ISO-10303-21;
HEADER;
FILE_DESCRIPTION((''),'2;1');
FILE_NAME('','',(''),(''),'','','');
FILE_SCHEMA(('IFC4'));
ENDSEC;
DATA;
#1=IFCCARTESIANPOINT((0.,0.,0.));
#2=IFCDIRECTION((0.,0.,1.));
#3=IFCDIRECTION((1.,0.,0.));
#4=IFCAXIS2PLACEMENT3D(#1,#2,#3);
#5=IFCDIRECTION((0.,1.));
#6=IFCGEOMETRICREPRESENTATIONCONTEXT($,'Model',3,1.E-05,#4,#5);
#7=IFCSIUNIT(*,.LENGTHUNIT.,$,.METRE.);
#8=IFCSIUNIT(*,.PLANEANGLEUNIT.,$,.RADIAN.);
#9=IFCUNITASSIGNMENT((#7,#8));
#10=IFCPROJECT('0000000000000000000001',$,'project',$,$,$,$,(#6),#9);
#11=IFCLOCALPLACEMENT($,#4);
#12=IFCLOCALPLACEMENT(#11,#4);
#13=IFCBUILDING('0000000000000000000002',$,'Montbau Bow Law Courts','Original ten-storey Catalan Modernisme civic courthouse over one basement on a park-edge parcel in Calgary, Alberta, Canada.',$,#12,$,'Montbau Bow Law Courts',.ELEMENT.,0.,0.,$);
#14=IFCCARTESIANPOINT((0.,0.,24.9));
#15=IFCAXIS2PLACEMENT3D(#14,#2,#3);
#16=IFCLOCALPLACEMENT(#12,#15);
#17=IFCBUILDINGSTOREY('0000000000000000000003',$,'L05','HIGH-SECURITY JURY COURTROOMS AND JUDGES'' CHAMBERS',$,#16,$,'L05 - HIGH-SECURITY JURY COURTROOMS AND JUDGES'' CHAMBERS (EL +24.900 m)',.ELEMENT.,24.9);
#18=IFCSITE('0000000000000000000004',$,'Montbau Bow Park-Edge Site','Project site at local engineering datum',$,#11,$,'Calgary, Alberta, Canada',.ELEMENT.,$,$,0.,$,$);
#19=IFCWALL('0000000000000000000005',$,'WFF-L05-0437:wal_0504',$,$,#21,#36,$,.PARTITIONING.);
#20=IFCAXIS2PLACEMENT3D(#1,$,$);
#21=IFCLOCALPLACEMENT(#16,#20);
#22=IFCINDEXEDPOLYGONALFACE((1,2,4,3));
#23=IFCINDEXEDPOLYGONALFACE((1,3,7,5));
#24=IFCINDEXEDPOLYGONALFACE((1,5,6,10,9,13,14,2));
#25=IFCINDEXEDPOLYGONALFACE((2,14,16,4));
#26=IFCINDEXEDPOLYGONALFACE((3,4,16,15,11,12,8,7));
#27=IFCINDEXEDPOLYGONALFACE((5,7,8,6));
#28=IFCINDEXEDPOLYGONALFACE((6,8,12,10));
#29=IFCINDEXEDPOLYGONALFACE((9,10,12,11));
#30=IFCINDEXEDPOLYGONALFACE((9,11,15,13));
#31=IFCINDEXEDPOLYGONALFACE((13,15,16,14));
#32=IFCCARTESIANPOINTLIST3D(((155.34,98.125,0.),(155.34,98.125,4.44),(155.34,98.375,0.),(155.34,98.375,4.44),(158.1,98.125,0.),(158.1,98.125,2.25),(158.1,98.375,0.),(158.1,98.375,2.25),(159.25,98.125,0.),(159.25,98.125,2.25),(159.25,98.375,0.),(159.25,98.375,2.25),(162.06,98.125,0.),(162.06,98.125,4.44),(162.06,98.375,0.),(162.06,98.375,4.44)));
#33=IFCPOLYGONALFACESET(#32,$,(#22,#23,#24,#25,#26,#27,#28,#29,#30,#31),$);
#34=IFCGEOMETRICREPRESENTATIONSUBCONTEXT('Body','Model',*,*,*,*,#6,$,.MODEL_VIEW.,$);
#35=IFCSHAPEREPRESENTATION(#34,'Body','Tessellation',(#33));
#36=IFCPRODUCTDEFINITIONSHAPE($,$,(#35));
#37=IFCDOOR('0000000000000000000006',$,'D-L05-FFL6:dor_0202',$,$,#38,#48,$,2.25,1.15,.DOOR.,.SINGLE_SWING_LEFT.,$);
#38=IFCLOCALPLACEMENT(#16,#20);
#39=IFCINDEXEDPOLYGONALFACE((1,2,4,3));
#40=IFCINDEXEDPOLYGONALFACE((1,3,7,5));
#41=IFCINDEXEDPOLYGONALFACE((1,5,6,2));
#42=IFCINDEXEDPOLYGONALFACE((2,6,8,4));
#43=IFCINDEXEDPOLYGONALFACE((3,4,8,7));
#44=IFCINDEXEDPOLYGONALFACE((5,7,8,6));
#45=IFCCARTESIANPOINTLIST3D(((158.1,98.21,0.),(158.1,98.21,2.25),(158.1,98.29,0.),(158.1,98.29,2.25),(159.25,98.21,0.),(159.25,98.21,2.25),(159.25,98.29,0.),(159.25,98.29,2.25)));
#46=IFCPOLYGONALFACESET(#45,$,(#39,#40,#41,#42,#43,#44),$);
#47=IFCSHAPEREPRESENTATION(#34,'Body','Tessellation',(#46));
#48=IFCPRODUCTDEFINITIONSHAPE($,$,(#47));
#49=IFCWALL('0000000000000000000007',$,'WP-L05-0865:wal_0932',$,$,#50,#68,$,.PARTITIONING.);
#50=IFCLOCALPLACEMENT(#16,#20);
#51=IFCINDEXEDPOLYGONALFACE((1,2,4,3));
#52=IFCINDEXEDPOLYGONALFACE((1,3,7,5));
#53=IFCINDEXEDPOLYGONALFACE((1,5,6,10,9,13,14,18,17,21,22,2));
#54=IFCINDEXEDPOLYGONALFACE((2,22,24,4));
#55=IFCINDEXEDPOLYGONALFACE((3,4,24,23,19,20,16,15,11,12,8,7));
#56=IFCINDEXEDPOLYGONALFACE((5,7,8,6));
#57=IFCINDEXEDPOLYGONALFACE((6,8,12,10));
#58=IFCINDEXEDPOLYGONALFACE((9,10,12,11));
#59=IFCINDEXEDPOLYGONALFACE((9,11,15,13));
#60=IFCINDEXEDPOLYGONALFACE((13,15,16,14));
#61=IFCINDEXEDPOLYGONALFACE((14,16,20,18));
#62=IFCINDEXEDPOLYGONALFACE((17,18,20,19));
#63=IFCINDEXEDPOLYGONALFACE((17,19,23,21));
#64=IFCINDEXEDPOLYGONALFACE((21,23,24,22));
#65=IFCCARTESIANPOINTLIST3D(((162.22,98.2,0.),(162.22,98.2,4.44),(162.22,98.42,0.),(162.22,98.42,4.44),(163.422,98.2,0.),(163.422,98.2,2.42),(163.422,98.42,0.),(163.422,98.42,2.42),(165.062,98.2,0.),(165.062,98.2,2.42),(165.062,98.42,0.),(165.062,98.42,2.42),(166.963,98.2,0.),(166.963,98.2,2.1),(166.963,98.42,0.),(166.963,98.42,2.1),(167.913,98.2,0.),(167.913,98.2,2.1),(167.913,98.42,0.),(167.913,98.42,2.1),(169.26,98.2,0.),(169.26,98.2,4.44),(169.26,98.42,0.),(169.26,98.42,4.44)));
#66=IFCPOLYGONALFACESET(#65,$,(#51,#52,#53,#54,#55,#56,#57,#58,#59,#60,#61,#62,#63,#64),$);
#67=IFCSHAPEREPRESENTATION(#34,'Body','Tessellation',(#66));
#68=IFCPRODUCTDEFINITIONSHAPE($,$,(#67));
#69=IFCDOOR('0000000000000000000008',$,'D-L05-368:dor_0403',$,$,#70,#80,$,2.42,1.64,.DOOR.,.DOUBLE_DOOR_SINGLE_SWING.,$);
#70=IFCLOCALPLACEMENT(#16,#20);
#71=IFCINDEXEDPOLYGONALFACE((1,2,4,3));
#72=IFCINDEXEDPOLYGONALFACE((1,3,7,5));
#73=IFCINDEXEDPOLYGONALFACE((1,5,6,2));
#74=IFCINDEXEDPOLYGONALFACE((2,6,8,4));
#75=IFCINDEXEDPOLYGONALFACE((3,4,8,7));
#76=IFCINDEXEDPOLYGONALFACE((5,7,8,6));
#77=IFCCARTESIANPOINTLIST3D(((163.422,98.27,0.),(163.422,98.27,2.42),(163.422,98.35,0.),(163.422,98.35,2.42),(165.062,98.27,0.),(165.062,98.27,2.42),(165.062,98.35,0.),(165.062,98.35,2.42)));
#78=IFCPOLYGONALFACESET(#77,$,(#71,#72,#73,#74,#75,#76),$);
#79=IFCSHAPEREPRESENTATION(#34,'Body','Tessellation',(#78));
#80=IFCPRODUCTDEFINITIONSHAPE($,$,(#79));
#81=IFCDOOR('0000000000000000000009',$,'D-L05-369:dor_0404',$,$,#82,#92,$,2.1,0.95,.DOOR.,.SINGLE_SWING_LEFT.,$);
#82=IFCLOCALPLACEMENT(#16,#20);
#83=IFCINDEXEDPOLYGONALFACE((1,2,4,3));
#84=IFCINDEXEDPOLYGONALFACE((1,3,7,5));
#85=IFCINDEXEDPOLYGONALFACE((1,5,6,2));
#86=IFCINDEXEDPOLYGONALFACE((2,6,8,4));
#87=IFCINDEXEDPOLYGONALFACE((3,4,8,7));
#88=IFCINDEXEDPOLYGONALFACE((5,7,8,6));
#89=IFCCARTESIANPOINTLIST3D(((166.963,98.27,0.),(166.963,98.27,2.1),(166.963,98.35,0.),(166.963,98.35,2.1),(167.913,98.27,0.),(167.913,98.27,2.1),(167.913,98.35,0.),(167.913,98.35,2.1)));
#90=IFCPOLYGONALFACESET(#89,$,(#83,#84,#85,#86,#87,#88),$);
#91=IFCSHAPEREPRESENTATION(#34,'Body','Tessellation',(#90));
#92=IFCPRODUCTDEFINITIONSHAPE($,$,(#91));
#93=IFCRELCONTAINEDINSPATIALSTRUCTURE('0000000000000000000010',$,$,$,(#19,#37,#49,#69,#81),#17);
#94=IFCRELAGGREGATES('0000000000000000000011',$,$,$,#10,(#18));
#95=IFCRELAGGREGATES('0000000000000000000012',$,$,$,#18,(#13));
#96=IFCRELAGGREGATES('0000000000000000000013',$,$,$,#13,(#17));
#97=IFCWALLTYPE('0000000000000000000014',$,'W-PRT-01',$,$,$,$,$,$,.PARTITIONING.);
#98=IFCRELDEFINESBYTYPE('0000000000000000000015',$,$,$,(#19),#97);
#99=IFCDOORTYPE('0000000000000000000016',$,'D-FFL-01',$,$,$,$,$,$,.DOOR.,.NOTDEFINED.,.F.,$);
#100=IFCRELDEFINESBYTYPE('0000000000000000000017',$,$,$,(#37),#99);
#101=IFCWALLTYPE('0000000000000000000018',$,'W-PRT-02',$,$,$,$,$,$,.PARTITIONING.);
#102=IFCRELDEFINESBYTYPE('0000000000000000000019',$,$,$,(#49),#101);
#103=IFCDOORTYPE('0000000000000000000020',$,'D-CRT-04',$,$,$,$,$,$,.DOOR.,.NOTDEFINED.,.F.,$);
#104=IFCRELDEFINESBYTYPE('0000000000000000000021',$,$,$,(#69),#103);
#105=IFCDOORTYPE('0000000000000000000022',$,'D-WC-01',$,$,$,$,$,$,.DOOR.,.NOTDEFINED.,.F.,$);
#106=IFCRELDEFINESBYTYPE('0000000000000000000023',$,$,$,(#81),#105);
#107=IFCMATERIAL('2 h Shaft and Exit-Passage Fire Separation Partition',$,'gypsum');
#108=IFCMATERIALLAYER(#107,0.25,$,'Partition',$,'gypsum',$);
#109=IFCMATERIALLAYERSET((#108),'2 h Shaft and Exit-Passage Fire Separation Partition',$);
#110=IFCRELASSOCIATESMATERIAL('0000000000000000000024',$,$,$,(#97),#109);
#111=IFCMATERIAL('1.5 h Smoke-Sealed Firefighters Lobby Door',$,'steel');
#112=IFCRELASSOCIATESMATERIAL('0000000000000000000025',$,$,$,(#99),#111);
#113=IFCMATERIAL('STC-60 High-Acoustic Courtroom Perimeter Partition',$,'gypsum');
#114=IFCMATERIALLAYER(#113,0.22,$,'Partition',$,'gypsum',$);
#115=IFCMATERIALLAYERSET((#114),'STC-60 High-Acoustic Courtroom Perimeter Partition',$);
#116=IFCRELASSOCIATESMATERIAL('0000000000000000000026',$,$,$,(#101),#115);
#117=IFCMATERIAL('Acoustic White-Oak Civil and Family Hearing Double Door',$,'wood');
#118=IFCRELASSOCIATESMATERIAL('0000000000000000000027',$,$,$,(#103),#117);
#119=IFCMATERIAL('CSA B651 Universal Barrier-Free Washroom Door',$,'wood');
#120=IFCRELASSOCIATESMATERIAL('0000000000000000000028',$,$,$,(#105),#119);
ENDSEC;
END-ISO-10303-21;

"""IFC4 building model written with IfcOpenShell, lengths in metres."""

from ifc_helpers import new_model, si_unit, direction, frame, frame_2d, origin_with_axes, place, context, subcontext, project, spatial, rectangle, extrude, material, layer, layer_set, type_object, element, fill, save


model = new_model("IFC4")

# Units and contexts
model_context = context("Model", 3, precision=1e-05, world=origin_with_axes(), true_north=direction((0.0, 1.0)))
body_context = subcontext(model_context, "Body", "Model", "MODEL_VIEW")
ifc_project = project(units=[si_unit("LENGTHUNIT", "METRE"), si_unit("PLANEANGLEUNIT", "RADIAN")], contexts=[model_context])

# Site, building, storey
site_placement = place(None, origin_with_axes())
site = spatial("IfcSite", under=ifc_project, at=site_placement, Name="Montbau Bow Park-Edge Site", Description="Project site at local engineering datum", LongName="Calgary, Alberta, Canada", CompositionType="ELEMENT", RefElevation=0.0)
building_placement = place(site_placement, origin_with_axes())
building = spatial("IfcBuilding", under=site, at=building_placement, Name="Montbau Bow Law Courts", Description="Original ten-storey Catalan Modernisme civic courthouse over one basement on a park-edge parcel in Calgary, Alberta, Canada.", LongName="Montbau Bow Law Courts", CompositionType="ELEMENT", ElevationOfRefHeight=0.0, ElevationOfTerrain=0.0)
storey_placement = place(building_placement, frame((0.0, 0.0, 24.9), z_axis=(0.0, 0.0, 1.0), x_axis=(1.0, 0.0, 0.0)))
storey = spatial("IfcBuildingStorey", under=building, at=storey_placement, Name="L05", Description="HIGH-SECURITY JURY COURTROOMS AND JUDGES' CHAMBERS", LongName="L05 - HIGH-SECURITY JURY COURTROOMS AND JUDGES' CHAMBERS (EL +24.900 m)", CompositionType="ELEMENT", Elevation=24.9)

# Wall, opening, door
ifc_material_1 = material(Name="2 h Shaft and Exit-Passage Fire Separation Partition", Category="gypsum")
ifc_layer_1 = layer(ifc_material_1, 0.25, Name="Partition", Category="gypsum")
ifc_layer_set_1 = layer_set([ifc_layer_1], Name="2 h Shaft and Exit-Passage Fire Separation Partition")
wall_type_1 = type_object("IfcWallType", Name="W-PRT-01", PredefinedType="PARTITIONING", material=ifc_layer_set_1)
wall_1_placement = place(None, frame((162.06, 98.25, 24.9), z_axis=(0.0, 0.0, 1.0), x_axis=(-1.0, 0.0, 0.0)))
wall_1 = element("IfcWall", 1, at=wall_1_placement, inside=storey, type_object=wall_type_1, Name="WFF-L05-0437:wal_0504", PredefinedType="PARTITIONING", context=body_context, shape_type="SweptSolid", body=[
    extrude(rectangle(XDim=6.72, YDim=0.25, at=frame_2d((3.36, 0.0), x_axis=(1.0, 0.0))), origin_with_axes(), (0.0, 0.0, 1.0), 4.44),
])
opening_1_placement = place(None, frame((158.675, 98.25, 24.9), z_axis=(0.0, 0.0, 1.0), x_axis=(-1.0, 0.0, 0.0)))
opening_1 = element("IfcOpeningElement", 2, at=opening_1_placement, cuts=wall_1, PredefinedType="OPENING", context=body_context, shape_type="SweptSolid", body=[
    extrude(rectangle(XDim=1.15, YDim=2.25, at=frame_2d((0.0, 1.125), x_axis=(1.0, 0.0))), frame((0.0, 0.135, 0.0), z_axis=(0.0, -1.0, 0.0), x_axis=(1.0, 0.0, 0.0)), (0.0, 0.0, 1.0), 0.27),
])
ifc_material_2 = material(Name="1.5 h Smoke-Sealed Firefighters Lobby Door", Category="steel")
door_type_1 = type_object("IfcDoorType", Name="D-FFL-01", OperationType="NOTDEFINED", ParameterTakesPrecedence=False, PredefinedType="DOOR", material=ifc_material_2)
door_1_placement = place(None, frame((158.675, 98.25, 24.9), z_axis=(0.0, 0.0, 1.0), x_axis=(1.0, 0.0, 0.0)))
door_1 = element("IfcDoor", 3, at=door_1_placement, inside=storey, type_object=door_type_1, Name="D-L05-FFL6:dor_0202", OperationType="SINGLE_SWING_LEFT", OverallHeight=2.25, OverallWidth=1.15, PredefinedType="DOOR", context=body_context, shape_type="SweptSolid", body=[
    extrude(rectangle(XDim=1.15, YDim=2.25, at=frame_2d((0.0, 1.125), x_axis=(1.0, 0.0))), frame((0.0, 0.04, 0.0), z_axis=(0.0, -1.0, 0.0), x_axis=(1.0, 0.0, 0.0)), (0.0, 0.0, 1.0), 0.08),
])
fill(opening_1, door_1)

# Wall, openings, doors
ifc_material_3 = material(Name="STC-60 High-Acoustic Courtroom Perimeter Partition", Category="gypsum")
ifc_layer_2 = layer(ifc_material_3, 0.22, Name="Partition", Category="gypsum")
ifc_layer_set_2 = layer_set([ifc_layer_2], Name="STC-60 High-Acoustic Courtroom Perimeter Partition")
wall_type_2 = type_object("IfcWallType", Name="W-PRT-02", PredefinedType="PARTITIONING", material=ifc_layer_set_2)
wall_2_placement = place(None, frame((162.22, 98.31, 24.9), z_axis=(0.0, 0.0, 1.0), x_axis=(1.0, 0.0, 0.0)))
wall_2 = element("IfcWall", 4, at=wall_2_placement, inside=storey, type_object=wall_type_2, Name="WP-L05-0865:wal_0932", PredefinedType="PARTITIONING", context=body_context, shape_type="SweptSolid", body=[
    extrude(rectangle(XDim=7.04, YDim=0.22, at=frame_2d((3.52, 0.0), x_axis=(1.0, 0.0))), origin_with_axes(), (0.0, 0.0, 1.0), 4.44),
])
opening_2_placement = place(None, frame((164.242, 98.31, 24.9), z_axis=(0.0, 0.0, 1.0), x_axis=(1.0, 0.0, 0.0)))
opening_2 = element("IfcOpeningElement", 5, at=opening_2_placement, cuts=wall_2, PredefinedType="OPENING", context=body_context, shape_type="SweptSolid", body=[
    extrude(rectangle(XDim=1.64, YDim=2.42, at=frame_2d((0.0, 1.21), x_axis=(1.0, 0.0))), frame((0.0, 0.12, 0.0), z_axis=(0.0, -1.0, 0.0), x_axis=(1.0, 0.0, 0.0)), (0.0, 0.0, 1.0), 0.24),
])
opening_3_placement = place(None, frame((167.438, 98.31, 24.9), z_axis=(0.0, 0.0, 1.0), x_axis=(1.0, 0.0, 0.0)))
opening_3 = element("IfcOpeningElement", 6, at=opening_3_placement, cuts=wall_2, PredefinedType="OPENING", context=body_context, shape_type="SweptSolid", body=[
    extrude(rectangle(XDim=0.95, YDim=2.1, at=frame_2d((0.0, 1.05), x_axis=(1.0, 0.0))), frame((0.0, 0.12, 0.0), z_axis=(0.0, -1.0, 0.0), x_axis=(1.0, 0.0, 0.0)), (0.0, 0.0, 1.0), 0.24),
])
ifc_material_4 = material(Name="Acoustic White-Oak Civil and Family Hearing Double Door", Category="wood")
door_type_2 = type_object("IfcDoorType", Name="D-CRT-04", OperationType="NOTDEFINED", ParameterTakesPrecedence=False, PredefinedType="DOOR", material=ifc_material_4)
door_2_placement = place(None, frame((164.242, 98.31, 24.9), z_axis=(0.0, 0.0, 1.0), x_axis=(1.0, 0.0, 0.0)))
door_2 = element("IfcDoor", 7, at=door_2_placement, inside=storey, type_object=door_type_2, Name="D-L05-368:dor_0403", OperationType="DOUBLE_DOOR_SINGLE_SWING", OverallHeight=2.42, OverallWidth=1.64, PredefinedType="DOOR", context=body_context, shape_type="SweptSolid", body=[
    extrude(rectangle(XDim=1.64, YDim=2.42, at=frame_2d((0.0, 1.21), x_axis=(1.0, 0.0))), frame((0.0, 0.04, 0.0), z_axis=(0.0, -1.0, 0.0), x_axis=(1.0, 0.0, 0.0)), (0.0, 0.0, 1.0), 0.08),
])
fill(opening_2, door_2)
ifc_material_5 = material(Name="CSA B651 Universal Barrier-Free Washroom Door", Category="wood")
door_type_3 = type_object("IfcDoorType", Name="D-WC-01", OperationType="NOTDEFINED", ParameterTakesPrecedence=False, PredefinedType="DOOR", material=ifc_material_5)
door_3_placement = place(None, frame((167.438, 98.31, 24.9), z_axis=(0.0, 0.0, 1.0), x_axis=(1.0, 0.0, 0.0)))
door_3 = element("IfcDoor", 8, at=door_3_placement, inside=storey, type_object=door_type_3, Name="D-L05-369:dor_0404", OperationType="SINGLE_SWING_LEFT", OverallHeight=2.1, OverallWidth=0.95, PredefinedType="DOOR", context=body_context, shape_type="SweptSolid", body=[
    extrude(rectangle(XDim=0.95, YDim=2.1, at=frame_2d((0.0, 1.05), x_axis=(1.0, 0.0))), frame((0.0, 0.04, 0.0), z_axis=(0.0, -1.0, 0.0), x_axis=(1.0, 0.0, 0.0)), (0.0, 0.0, 1.0), 0.08),
])
fill(opening_3, door_3)

save(model, "model.ifc")
